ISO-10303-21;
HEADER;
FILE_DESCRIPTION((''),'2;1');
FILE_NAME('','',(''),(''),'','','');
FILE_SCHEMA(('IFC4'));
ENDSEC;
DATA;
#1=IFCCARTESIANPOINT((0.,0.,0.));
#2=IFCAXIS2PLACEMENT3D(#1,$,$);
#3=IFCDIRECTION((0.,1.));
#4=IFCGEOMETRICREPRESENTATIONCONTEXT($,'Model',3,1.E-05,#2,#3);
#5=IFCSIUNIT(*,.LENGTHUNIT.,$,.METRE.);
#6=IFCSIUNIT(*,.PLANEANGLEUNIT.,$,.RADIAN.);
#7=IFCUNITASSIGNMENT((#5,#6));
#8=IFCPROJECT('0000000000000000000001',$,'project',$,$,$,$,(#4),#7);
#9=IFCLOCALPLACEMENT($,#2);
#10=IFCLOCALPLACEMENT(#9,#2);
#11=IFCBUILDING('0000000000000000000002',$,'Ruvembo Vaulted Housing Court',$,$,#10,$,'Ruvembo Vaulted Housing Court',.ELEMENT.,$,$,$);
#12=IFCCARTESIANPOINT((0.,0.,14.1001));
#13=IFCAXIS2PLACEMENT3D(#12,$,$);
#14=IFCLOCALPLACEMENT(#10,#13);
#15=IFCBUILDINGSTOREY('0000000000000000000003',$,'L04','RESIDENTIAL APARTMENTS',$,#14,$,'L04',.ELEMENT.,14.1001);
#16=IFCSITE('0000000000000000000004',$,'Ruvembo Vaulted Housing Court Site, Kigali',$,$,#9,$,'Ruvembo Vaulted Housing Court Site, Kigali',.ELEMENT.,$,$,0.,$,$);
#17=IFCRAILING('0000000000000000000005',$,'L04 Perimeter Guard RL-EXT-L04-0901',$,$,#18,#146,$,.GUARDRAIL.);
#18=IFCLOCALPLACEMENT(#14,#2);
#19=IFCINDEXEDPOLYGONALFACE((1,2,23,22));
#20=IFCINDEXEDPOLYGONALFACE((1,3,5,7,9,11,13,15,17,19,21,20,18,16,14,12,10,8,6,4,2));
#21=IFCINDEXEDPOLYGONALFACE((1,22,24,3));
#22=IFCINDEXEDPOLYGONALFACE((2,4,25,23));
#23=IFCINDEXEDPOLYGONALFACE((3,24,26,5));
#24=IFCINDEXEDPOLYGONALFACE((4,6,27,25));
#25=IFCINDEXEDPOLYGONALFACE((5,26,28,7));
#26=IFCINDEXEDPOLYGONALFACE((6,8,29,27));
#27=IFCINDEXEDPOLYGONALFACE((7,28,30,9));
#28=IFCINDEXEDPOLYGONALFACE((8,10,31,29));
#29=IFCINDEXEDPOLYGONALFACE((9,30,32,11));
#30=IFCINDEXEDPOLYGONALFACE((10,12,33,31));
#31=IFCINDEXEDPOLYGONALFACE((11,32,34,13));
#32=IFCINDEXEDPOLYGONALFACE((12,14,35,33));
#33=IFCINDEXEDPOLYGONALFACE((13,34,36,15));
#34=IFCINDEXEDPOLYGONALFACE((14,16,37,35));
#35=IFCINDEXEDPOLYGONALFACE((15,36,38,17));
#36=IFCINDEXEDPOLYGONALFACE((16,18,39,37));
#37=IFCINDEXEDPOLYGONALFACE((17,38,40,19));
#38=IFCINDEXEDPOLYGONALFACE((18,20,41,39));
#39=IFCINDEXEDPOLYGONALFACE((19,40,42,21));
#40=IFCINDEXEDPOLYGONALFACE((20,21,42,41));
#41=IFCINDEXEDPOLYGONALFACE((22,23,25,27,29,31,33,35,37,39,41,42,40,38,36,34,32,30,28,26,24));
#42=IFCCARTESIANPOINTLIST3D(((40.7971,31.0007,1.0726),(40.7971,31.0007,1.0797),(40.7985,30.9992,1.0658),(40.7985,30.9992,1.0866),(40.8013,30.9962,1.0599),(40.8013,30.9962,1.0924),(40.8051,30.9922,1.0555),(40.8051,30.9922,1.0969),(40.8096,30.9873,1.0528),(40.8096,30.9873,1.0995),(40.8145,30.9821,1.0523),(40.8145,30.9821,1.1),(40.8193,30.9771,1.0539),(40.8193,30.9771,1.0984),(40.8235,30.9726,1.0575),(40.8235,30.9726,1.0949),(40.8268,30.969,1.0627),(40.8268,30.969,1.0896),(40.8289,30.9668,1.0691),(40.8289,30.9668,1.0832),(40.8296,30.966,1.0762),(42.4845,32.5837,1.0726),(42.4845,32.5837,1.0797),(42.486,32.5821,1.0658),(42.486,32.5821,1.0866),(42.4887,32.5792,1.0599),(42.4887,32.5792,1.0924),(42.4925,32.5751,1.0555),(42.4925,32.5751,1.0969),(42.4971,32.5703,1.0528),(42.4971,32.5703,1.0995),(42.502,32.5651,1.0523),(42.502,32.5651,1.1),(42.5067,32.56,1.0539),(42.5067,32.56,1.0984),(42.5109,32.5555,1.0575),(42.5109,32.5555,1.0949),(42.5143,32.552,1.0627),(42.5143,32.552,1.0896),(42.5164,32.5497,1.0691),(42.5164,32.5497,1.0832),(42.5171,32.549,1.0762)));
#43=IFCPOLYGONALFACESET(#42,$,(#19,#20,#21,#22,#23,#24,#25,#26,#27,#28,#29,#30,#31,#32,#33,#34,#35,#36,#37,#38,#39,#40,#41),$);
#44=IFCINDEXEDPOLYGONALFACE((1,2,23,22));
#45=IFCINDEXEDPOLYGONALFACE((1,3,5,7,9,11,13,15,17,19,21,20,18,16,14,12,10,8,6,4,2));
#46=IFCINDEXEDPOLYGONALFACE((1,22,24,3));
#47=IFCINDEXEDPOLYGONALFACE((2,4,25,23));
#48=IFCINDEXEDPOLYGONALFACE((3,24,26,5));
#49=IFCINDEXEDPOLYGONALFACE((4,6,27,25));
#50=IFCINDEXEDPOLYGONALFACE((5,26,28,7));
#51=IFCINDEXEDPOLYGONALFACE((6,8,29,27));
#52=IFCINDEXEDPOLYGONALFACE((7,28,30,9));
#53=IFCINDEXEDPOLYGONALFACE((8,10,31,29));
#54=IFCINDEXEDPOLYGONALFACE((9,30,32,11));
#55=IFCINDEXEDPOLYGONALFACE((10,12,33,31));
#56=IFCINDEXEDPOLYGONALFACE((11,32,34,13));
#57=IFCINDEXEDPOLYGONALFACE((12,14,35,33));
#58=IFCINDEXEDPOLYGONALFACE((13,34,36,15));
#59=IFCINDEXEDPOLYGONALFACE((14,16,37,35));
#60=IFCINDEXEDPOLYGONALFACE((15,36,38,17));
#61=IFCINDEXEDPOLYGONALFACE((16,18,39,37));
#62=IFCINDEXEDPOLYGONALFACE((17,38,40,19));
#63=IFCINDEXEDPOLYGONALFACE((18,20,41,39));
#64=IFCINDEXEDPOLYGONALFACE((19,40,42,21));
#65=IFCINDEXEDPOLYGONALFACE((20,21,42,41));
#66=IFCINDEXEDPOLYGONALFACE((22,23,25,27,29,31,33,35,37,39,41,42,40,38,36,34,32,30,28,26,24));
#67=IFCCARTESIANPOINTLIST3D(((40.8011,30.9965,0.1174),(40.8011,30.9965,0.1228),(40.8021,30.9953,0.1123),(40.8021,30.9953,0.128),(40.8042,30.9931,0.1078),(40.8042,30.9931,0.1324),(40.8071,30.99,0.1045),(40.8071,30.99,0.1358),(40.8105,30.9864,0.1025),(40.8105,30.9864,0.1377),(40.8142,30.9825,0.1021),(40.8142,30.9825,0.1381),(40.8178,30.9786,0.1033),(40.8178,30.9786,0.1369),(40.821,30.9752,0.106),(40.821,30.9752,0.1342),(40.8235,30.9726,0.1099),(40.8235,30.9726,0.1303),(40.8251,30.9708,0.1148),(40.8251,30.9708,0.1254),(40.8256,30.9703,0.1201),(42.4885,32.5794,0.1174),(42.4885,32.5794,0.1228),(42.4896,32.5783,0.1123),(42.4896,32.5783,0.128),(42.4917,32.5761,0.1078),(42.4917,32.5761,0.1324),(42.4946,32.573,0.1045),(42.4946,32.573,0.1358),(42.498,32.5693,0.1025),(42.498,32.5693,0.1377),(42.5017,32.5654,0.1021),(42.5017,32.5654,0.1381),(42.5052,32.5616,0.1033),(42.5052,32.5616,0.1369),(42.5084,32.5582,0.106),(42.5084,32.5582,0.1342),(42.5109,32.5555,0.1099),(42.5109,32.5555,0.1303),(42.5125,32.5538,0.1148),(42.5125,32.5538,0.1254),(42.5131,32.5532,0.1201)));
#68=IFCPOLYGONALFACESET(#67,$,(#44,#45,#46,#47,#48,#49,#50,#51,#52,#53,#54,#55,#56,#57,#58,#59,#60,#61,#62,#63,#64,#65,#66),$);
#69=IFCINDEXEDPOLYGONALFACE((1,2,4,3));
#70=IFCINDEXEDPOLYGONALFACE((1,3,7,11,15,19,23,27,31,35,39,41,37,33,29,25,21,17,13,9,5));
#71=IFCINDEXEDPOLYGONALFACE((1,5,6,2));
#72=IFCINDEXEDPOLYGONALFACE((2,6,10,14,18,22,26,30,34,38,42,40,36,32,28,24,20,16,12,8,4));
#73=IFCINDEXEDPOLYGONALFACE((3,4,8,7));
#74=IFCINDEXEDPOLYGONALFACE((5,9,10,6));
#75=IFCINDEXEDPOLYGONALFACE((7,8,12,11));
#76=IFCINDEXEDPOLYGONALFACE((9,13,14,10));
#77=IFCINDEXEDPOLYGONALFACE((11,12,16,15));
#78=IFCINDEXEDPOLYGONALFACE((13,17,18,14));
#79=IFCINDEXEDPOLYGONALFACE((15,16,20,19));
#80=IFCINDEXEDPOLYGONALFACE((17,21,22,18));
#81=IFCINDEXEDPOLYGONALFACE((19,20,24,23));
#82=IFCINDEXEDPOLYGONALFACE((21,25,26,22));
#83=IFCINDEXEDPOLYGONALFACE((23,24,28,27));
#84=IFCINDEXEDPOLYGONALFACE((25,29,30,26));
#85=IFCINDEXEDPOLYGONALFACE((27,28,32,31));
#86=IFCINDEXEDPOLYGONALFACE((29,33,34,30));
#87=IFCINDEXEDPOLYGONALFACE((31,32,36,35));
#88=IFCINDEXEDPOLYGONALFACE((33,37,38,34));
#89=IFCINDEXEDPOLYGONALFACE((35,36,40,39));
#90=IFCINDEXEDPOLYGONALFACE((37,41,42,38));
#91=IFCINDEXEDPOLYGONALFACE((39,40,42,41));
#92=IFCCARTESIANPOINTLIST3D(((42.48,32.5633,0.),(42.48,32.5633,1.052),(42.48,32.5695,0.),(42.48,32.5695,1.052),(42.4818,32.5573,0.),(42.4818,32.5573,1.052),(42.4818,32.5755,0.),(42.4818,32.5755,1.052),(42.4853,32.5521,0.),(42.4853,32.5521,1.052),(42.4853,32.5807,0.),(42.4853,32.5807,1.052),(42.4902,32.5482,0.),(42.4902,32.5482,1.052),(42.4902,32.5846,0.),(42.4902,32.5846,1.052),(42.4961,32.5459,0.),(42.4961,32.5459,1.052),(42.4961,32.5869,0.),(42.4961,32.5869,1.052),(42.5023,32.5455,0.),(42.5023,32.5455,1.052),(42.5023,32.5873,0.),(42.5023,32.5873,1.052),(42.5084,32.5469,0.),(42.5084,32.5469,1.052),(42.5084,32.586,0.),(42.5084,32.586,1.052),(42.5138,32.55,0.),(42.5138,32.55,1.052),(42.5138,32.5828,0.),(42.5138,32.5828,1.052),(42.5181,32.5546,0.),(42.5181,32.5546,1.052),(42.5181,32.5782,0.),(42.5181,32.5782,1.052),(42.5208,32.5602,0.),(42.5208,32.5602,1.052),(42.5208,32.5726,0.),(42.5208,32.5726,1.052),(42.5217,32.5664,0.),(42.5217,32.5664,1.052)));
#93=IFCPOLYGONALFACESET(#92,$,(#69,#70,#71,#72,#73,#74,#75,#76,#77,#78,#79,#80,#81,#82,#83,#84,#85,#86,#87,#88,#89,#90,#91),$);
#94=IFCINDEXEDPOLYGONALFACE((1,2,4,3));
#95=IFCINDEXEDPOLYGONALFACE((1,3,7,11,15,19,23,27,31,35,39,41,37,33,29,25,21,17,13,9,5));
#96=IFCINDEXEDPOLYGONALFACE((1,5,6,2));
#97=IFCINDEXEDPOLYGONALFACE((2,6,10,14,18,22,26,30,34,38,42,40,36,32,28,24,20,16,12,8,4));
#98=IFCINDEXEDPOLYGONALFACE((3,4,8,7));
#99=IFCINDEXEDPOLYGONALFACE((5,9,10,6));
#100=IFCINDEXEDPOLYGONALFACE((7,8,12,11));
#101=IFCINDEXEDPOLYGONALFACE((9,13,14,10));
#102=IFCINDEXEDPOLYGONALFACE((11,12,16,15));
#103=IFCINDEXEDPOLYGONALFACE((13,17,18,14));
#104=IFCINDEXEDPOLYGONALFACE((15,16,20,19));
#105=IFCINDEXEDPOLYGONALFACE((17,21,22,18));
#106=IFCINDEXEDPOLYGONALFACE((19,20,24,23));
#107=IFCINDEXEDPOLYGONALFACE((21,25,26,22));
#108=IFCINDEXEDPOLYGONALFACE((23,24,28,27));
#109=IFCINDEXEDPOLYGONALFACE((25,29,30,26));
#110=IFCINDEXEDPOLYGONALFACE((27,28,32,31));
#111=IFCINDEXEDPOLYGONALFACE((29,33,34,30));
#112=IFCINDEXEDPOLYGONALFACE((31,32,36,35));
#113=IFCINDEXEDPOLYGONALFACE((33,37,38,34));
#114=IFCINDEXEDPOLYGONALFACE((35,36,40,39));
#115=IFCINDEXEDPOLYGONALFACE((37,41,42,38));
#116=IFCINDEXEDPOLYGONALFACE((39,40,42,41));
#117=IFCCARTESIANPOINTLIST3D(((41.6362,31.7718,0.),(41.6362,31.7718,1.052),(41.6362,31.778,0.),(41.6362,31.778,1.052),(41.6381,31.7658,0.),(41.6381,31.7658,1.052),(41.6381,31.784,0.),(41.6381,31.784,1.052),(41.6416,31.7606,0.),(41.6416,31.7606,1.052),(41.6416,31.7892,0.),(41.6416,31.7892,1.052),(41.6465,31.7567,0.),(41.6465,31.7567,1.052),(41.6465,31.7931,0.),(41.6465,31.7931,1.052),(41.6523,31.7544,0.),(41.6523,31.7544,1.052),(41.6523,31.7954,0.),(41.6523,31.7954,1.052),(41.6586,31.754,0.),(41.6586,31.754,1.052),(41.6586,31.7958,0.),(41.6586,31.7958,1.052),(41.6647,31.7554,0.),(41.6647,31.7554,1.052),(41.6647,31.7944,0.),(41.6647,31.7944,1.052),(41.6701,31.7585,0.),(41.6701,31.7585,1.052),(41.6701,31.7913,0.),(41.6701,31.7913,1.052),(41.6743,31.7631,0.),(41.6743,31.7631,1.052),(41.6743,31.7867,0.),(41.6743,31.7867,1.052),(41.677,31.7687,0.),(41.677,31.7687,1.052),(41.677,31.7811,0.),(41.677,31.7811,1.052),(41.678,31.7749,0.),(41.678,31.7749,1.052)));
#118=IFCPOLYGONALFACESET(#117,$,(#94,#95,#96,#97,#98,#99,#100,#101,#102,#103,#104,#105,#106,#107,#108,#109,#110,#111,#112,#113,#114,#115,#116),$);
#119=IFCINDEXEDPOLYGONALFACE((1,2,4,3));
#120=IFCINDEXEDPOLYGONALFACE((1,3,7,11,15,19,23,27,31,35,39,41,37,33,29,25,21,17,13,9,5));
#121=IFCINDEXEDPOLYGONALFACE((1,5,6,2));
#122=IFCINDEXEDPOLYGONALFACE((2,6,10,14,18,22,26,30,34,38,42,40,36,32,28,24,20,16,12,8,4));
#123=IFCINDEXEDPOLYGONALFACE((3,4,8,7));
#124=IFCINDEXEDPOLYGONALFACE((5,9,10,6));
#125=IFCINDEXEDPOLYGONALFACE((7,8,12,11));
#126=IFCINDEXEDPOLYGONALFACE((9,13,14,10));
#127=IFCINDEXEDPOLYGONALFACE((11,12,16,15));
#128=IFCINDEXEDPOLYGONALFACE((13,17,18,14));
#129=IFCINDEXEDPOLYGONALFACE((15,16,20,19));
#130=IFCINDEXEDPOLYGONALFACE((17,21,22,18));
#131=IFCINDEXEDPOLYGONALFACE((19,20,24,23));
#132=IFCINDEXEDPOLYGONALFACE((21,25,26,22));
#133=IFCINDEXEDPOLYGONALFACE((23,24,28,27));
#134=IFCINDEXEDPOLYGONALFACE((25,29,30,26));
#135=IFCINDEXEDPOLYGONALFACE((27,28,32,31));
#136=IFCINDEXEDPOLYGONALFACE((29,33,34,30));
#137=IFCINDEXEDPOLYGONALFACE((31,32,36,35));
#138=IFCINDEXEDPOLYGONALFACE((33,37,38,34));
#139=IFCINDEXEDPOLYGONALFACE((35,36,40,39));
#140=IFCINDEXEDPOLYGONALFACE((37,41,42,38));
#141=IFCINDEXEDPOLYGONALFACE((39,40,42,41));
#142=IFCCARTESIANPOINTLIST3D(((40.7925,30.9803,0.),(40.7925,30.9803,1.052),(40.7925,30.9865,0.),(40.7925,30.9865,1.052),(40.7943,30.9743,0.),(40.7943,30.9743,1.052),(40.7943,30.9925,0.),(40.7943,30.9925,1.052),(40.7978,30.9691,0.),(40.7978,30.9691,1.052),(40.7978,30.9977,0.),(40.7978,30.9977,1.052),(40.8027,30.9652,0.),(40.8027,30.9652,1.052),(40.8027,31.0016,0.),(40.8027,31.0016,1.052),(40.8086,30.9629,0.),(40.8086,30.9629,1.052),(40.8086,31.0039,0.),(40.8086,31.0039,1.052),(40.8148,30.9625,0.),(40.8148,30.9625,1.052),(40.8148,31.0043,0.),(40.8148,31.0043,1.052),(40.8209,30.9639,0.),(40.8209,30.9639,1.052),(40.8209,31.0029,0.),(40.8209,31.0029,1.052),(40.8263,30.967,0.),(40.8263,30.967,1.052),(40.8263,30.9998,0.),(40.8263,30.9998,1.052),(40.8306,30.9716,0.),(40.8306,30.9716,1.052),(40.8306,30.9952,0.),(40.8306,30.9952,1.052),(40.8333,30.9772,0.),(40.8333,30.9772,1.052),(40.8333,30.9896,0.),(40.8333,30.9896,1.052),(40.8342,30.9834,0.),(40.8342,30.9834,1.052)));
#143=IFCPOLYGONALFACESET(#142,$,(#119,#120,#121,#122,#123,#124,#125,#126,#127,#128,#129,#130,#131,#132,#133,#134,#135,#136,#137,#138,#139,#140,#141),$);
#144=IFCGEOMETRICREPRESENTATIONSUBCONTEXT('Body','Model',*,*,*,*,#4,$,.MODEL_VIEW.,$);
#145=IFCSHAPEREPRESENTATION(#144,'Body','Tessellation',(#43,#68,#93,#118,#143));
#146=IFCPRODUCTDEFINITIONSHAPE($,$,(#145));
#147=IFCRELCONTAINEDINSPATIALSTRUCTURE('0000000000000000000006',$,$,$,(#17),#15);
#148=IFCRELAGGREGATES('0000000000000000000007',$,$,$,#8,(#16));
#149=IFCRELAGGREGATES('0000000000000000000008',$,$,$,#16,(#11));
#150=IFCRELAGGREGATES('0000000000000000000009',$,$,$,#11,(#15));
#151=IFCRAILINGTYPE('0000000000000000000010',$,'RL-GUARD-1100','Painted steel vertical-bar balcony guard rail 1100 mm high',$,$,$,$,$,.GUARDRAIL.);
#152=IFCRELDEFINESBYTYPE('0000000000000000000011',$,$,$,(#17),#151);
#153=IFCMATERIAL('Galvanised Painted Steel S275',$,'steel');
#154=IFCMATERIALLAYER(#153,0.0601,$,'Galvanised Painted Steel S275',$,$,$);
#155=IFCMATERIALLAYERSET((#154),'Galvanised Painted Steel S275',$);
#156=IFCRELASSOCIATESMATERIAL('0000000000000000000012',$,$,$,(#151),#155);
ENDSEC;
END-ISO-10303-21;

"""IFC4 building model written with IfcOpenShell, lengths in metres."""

from ifc_helpers import new_model, si_unit, direction, frame, origin, origin_2d, place, context, subcontext, project, spatial, circle, extrude, material, layer, layer_set, type_object, element, save


model = new_model("IFC4")

# Units and contexts
model_context = context("Model", 3, precision=1e-05, world=origin(), true_north=direction((0.0, 1.0)))
body_context = subcontext(model_context, "Body", "Model", "MODEL_VIEW")
ifc_project = project(units=[si_unit("LENGTHUNIT", "METRE"), si_unit("PLANEANGLEUNIT", "RADIAN")], contexts=[model_context])

# Site, building, storey
site_placement = place(None, origin())
site = spatial("IfcSite", under=ifc_project, at=site_placement, Name="Ruvembo Vaulted Housing Court Site, Kigali", LongName="Ruvembo Vaulted Housing Court Site, Kigali", CompositionType="ELEMENT", RefElevation=0.0)
building_placement = place(site_placement, origin())
building = spatial("IfcBuilding", under=site, at=building_placement, Name="Ruvembo Vaulted Housing Court", LongName="Ruvembo Vaulted Housing Court", CompositionType="ELEMENT")
storey_placement = place(building_placement, frame((0.0, 0.0, 14.1001)))
storey = spatial("IfcBuildingStorey", under=building, at=storey_placement, Name="L04", Description="RESIDENTIAL APARTMENTS", LongName="L04", CompositionType="ELEMENT", Elevation=14.1001)

# Railing
ifc_material_1 = material(Name="Galvanised Painted Steel S275", Category="steel")
ifc_layer_1 = layer(ifc_material_1, 0.0601, Name="Galvanised Painted Steel S275")
ifc_layer_set_1 = layer_set([ifc_layer_1], Name="Galvanised Painted Steel S275")
railing_type = type_object("IfcRailingType", Name="RL-GUARD-1100", Description="Painted steel vertical-bar balcony guard rail 1100 mm high", PredefinedType="GUARDRAIL", material=ifc_layer_set_1)
railing_1_placement = place(storey_placement, frame((42.5007, 32.5664, 0.0)))
element("IfcRailing", 1, at=railing_1_placement, inside=storey, type_object=railing_type, Name="L04 Perimeter Guard RL-EXT-L04-0901", PredefinedType="GUARDRAIL", context=body_context, shape_type="SweptSolid", body=[
    extrude(circle(Radius=0.0239, at=origin_2d()), frame((0.0, 0.0, 1.0762), z_axis=(-0.729327, -0.684166, 0.0), x_axis=(0.684166, -0.729327, 0.0)), (0.0, 0.0, 1.0), 2.3137),
    extrude(circle(Radius=0.0181, at=origin_2d()), frame((0.0, 0.0, 0.1201), z_axis=(-0.729327, -0.684166, 0.0), x_axis=(0.684166, -0.729327, 0.0)), (0.0, 0.0, 1.0), 2.3137),
    extrude(circle(Radius=0.021, at=origin_2d()), origin(), (0.0, 0.0, 1.0), 1.052),
    extrude(circle(Radius=0.021, at=origin_2d()), frame((-0.8438, -0.7915, 0.0)), (0.0, 0.0, 1.0), 1.052),
    extrude(circle(Radius=0.021, at=origin_2d()), frame((-1.6875, -1.583, 0.0)), (0.0, 0.0, 1.0), 1.052),
])

save(model, "model.ifc")
